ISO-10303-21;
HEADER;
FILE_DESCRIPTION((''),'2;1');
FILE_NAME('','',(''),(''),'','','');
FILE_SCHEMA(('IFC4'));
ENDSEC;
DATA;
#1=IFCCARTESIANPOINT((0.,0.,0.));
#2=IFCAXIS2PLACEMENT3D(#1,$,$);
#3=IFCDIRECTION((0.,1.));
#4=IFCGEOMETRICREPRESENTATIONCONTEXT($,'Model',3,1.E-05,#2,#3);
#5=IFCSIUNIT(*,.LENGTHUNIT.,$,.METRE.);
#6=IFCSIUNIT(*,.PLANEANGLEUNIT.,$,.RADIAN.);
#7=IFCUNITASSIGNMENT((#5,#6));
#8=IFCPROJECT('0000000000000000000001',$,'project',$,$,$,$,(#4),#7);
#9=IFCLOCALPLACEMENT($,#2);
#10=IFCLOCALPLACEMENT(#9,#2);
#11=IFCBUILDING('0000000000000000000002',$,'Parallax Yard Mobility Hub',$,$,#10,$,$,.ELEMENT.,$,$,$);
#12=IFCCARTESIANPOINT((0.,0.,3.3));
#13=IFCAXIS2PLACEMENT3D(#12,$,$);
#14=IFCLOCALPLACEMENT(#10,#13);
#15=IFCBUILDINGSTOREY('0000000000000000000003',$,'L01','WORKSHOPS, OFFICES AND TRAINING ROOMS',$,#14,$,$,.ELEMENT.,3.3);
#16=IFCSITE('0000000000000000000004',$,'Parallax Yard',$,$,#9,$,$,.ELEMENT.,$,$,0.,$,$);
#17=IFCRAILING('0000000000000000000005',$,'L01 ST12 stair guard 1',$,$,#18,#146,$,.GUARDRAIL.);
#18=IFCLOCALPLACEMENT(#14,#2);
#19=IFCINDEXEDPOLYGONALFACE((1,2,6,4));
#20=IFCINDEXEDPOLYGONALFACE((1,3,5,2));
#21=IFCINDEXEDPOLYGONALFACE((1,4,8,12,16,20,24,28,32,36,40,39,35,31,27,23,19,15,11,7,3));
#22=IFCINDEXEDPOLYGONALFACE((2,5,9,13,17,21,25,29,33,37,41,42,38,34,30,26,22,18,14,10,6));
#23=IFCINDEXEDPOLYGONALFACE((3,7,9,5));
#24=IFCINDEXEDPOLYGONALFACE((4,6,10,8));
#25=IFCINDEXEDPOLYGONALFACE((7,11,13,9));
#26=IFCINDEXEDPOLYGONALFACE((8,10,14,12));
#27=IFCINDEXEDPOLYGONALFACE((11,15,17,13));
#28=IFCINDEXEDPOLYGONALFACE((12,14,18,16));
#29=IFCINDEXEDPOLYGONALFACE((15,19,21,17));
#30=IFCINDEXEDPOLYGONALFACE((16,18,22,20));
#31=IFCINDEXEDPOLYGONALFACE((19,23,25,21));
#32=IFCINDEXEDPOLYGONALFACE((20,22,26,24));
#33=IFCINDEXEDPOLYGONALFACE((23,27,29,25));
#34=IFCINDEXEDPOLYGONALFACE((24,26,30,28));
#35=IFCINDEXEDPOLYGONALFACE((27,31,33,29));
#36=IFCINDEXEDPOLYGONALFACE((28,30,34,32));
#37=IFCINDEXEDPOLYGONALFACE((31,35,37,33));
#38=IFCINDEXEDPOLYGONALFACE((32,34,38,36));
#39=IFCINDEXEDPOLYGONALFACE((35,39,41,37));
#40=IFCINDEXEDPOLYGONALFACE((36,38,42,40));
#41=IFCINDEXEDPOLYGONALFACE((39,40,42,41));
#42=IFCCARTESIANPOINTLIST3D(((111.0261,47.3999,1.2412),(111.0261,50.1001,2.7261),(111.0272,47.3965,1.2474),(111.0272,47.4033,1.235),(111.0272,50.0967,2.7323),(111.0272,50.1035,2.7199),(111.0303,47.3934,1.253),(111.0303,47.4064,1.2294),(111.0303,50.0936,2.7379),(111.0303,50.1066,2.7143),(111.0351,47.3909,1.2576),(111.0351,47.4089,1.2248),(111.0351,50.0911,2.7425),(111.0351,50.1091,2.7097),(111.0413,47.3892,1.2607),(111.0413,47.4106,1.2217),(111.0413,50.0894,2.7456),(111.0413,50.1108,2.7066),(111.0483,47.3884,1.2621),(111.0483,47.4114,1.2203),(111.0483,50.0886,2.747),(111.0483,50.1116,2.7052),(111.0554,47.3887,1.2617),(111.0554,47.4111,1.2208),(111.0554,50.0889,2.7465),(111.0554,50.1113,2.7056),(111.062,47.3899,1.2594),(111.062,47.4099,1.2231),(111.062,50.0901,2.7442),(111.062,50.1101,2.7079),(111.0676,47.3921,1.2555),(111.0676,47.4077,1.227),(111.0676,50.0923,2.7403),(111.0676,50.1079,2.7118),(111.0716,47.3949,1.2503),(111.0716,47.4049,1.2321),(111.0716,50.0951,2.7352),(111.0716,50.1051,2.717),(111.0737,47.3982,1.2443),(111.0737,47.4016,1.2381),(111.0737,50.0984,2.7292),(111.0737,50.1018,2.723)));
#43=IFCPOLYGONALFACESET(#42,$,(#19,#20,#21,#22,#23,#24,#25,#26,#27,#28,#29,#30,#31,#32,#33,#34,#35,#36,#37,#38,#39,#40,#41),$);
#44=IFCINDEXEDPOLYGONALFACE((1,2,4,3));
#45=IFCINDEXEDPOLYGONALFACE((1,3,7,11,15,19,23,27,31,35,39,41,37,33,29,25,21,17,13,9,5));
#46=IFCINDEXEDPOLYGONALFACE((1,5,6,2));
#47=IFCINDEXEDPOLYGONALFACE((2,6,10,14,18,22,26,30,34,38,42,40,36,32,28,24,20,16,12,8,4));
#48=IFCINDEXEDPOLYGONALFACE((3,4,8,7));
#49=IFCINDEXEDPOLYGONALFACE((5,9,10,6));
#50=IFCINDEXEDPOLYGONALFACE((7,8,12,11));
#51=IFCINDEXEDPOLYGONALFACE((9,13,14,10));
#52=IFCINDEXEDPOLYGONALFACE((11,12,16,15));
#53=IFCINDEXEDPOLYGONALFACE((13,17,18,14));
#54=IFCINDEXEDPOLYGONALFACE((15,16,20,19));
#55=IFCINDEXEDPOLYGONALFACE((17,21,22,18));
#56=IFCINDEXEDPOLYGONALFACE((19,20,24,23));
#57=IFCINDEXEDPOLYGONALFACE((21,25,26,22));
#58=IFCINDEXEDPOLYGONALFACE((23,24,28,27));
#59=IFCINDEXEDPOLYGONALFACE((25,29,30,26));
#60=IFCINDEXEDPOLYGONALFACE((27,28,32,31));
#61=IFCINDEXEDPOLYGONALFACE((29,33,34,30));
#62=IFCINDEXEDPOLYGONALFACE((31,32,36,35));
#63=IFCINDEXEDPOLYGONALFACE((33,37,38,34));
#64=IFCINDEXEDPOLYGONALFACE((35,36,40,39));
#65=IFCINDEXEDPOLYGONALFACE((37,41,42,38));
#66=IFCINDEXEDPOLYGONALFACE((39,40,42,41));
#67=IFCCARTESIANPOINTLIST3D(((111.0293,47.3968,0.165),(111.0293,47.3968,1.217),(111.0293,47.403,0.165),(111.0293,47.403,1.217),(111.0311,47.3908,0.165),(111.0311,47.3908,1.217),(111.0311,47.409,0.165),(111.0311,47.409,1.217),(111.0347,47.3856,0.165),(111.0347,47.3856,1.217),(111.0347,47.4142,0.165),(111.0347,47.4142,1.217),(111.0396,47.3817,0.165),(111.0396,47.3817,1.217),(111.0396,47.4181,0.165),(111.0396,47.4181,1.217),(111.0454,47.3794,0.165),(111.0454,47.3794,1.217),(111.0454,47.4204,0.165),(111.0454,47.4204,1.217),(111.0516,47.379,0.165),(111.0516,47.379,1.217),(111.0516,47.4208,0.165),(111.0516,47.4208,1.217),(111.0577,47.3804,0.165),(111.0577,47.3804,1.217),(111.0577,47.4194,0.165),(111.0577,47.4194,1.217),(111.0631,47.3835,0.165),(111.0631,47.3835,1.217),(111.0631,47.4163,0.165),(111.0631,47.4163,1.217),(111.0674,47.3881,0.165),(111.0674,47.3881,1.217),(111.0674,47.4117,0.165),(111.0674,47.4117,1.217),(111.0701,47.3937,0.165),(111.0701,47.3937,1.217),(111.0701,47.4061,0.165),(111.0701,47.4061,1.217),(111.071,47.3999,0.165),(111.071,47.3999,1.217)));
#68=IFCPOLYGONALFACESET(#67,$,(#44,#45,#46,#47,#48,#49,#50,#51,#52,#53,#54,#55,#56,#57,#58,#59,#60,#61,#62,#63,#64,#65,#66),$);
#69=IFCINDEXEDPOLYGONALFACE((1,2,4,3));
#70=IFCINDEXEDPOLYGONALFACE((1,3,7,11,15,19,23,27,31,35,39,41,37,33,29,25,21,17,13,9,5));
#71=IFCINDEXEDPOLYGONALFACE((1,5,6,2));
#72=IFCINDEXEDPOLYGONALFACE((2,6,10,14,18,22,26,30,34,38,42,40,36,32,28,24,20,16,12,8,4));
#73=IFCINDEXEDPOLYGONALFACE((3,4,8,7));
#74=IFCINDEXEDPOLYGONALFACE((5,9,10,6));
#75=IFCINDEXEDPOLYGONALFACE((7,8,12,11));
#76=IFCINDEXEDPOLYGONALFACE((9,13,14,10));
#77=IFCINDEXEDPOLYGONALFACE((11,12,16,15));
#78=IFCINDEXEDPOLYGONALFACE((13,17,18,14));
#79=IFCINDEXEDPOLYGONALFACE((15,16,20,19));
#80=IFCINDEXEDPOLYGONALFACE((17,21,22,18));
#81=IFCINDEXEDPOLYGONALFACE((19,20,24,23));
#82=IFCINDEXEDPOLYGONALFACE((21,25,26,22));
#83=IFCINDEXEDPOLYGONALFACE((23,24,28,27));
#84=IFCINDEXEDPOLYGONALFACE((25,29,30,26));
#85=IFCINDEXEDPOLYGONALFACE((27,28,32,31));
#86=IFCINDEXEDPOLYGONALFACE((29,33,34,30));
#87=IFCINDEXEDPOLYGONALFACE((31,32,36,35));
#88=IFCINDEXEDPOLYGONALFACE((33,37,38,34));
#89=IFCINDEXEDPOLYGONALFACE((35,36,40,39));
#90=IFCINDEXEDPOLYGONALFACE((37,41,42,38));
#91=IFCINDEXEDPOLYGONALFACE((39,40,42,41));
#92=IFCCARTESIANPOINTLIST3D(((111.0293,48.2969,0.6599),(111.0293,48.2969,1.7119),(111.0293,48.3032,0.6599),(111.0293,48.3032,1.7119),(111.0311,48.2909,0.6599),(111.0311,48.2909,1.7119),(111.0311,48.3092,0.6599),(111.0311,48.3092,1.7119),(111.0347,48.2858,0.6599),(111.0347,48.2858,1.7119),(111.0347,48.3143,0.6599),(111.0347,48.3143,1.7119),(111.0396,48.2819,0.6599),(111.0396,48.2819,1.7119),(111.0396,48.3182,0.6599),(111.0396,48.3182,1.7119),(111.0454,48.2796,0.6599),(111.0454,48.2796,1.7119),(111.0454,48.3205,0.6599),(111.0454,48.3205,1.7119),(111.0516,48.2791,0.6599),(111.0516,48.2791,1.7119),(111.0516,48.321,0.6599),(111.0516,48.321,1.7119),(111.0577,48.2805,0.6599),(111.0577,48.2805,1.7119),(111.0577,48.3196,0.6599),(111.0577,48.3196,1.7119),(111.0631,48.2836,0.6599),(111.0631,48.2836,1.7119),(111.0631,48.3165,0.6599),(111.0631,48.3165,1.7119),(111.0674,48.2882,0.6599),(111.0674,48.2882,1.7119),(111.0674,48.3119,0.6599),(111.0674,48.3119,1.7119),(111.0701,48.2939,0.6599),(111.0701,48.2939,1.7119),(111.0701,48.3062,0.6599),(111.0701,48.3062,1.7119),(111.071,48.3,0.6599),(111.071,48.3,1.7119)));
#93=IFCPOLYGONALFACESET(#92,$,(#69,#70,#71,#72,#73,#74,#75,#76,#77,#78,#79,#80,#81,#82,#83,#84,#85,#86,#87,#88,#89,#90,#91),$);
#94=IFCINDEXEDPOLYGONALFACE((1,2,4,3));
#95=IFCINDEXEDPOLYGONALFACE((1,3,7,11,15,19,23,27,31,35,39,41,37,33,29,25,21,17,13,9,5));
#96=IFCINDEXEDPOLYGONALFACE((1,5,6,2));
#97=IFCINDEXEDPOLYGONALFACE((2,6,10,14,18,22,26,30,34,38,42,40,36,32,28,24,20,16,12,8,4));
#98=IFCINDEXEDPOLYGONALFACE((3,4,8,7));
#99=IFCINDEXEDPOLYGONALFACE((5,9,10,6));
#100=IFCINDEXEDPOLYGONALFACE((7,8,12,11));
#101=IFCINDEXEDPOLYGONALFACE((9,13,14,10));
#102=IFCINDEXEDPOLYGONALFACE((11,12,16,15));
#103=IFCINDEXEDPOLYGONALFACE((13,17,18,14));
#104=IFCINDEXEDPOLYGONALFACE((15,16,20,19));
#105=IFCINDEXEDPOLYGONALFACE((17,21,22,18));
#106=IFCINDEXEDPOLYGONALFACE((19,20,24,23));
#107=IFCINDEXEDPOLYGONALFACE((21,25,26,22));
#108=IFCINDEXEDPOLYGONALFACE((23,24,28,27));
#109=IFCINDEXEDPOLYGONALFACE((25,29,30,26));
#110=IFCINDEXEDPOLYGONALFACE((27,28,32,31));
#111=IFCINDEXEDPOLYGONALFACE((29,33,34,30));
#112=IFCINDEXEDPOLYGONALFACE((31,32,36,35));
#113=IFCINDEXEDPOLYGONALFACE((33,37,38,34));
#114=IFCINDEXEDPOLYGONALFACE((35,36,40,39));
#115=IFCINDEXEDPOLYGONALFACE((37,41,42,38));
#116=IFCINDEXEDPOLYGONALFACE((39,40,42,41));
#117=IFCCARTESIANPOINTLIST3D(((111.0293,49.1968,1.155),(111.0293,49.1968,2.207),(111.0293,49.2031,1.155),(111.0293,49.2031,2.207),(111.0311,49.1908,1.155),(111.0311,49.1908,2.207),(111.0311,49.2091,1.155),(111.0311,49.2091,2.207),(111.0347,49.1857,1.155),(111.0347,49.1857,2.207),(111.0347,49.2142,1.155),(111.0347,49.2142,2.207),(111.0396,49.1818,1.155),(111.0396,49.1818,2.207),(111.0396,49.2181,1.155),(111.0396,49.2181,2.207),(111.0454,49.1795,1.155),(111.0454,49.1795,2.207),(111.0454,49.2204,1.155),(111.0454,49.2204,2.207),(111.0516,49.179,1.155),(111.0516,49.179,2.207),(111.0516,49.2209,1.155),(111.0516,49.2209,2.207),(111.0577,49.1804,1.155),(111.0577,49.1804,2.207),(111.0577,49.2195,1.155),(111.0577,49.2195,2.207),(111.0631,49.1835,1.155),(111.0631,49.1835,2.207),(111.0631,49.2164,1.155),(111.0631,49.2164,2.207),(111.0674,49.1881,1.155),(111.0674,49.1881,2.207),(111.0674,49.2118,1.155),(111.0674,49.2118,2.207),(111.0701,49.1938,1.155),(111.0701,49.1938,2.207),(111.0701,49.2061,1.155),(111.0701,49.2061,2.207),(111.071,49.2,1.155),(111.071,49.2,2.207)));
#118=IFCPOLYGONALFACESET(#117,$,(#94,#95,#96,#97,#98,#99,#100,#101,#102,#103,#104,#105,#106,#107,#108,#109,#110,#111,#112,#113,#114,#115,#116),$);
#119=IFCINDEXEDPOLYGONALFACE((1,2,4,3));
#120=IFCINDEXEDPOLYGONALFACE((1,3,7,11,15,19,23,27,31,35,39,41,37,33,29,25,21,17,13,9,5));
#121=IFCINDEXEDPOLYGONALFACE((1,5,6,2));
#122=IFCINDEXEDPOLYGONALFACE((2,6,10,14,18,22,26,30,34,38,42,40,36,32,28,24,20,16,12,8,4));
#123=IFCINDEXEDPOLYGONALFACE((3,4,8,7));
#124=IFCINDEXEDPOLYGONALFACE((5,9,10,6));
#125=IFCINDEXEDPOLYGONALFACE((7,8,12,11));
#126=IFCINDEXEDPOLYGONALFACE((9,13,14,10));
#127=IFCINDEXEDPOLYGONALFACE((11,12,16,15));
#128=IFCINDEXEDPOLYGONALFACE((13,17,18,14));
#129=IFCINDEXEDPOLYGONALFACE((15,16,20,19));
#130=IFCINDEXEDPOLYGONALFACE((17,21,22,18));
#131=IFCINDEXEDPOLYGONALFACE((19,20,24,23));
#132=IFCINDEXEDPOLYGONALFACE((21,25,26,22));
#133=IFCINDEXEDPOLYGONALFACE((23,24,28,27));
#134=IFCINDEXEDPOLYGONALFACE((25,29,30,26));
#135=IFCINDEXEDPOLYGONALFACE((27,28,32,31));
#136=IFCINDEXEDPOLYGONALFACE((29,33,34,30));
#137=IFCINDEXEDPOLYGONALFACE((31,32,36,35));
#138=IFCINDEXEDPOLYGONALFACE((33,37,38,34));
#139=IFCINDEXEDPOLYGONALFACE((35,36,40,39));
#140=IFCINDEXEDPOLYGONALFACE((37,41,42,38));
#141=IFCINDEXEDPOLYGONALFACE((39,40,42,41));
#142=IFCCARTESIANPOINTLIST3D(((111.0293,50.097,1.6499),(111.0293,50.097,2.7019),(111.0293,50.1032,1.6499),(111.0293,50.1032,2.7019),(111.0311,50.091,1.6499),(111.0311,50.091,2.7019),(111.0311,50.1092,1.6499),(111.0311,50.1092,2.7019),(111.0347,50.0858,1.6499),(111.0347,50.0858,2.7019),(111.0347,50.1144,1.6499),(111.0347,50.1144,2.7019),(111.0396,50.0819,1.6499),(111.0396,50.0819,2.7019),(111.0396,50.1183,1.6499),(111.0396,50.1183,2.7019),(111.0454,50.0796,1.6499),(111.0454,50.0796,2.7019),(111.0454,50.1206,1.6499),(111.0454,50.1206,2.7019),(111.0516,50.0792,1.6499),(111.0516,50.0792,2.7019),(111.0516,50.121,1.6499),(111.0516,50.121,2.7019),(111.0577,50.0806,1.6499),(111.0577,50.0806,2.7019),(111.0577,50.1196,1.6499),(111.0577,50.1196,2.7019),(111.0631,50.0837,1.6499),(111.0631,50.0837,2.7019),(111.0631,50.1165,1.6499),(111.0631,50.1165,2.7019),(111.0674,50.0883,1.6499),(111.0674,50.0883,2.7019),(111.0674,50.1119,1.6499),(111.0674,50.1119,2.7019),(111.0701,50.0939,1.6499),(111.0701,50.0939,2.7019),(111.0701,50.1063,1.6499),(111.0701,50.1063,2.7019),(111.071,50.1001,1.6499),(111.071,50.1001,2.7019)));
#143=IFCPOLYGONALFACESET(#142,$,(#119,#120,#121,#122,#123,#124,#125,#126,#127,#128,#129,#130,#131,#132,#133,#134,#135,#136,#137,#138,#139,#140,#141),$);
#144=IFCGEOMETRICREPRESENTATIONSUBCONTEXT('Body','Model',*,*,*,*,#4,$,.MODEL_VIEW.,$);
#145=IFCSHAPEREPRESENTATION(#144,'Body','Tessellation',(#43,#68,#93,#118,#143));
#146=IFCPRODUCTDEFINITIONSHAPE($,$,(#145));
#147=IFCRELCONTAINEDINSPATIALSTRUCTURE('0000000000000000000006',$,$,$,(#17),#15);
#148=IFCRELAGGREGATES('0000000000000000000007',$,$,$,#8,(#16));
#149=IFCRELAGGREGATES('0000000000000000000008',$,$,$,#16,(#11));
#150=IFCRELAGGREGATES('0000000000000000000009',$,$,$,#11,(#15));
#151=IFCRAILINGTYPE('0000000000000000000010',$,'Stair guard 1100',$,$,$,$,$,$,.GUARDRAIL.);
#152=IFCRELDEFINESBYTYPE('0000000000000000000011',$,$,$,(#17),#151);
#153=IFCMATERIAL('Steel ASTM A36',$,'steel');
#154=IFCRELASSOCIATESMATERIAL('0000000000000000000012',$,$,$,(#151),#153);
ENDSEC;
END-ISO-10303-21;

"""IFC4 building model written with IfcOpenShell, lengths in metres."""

from ifc_helpers import new_model, si_unit, direction, frame, origin, origin_2d, place, context, subcontext, project, spatial, circle, extrude, material, type_object, element, save


model = new_model("IFC4")

# Units and contexts
model_context = context("Model", 3, precision=1e-05, world=origin(), true_north=direction((0.0, 1.0)))
body_context = subcontext(model_context, "Body", "Model", "MODEL_VIEW")
ifc_project = project(units=[si_unit("LENGTHUNIT", "METRE"), si_unit("PLANEANGLEUNIT", "RADIAN")], contexts=[model_context])

# Site, building, storey
site_placement = place(None, origin())
site = spatial("IfcSite", under=ifc_project, at=site_placement, Name="Parallax Yard", CompositionType="ELEMENT", RefElevation=0.0)
building_placement = place(site_placement, origin())
building = spatial("IfcBuilding", under=site, at=building_placement, Name="Parallax Yard Mobility Hub", CompositionType="ELEMENT")
storey_placement = place(building_placement, frame((0.0, 0.0, 3.3)))
storey = spatial("IfcBuildingStorey", under=building, at=storey_placement, Name="L01", Description="WORKSHOPS, OFFICES AND TRAINING ROOMS", CompositionType="ELEMENT", Elevation=3.3)

# Railing
ifc_material_1 = material(Name="Steel ASTM A36", Category="steel")
railing_type_1 = type_object("IfcRailingType", Name="Stair guard 1100", PredefinedType="GUARDRAIL", material=ifc_material_1)
railing_1_placement = place(storey_placement, frame((111.05, 47.3999, 0.165)))
element("IfcRailing", 1, at=railing_1_placement, inside=storey, type_object=railing_type_1, Name="L01 ST12 stair guard 1", PredefinedType="GUARDRAIL", context=body_context, shape_type="SweptSolid", body=[
    extrude(circle(Radius=0.0239, at=origin_2d()), frame((0.0, 0.0, 1.0762), z_axis=(0.0, 0.876249, 0.481858), x_axis=(-1.0, 0.0, 0.0)), (0.0, 0.0, 1.0), 3.0815),
    extrude(circle(Radius=0.021, at=origin_2d()), origin(), (0.0, 0.0, 1.0), 1.052),
    extrude(circle(Radius=0.021, at=origin_2d()), frame((0.0, 0.9001, 0.4949)), (0.0, 0.0, 1.0), 1.052),
    extrude(circle(Radius=0.021, at=origin_2d()), frame((0.0, 1.8, 0.99)), (0.0, 0.0, 1.0), 1.052),
    extrude(circle(Radius=0.021, at=origin_2d()), frame((0.0, 2.7002, 1.4849)), (0.0, 0.0, 1.0), 1.052),
])

save(model, "model.ifc")
